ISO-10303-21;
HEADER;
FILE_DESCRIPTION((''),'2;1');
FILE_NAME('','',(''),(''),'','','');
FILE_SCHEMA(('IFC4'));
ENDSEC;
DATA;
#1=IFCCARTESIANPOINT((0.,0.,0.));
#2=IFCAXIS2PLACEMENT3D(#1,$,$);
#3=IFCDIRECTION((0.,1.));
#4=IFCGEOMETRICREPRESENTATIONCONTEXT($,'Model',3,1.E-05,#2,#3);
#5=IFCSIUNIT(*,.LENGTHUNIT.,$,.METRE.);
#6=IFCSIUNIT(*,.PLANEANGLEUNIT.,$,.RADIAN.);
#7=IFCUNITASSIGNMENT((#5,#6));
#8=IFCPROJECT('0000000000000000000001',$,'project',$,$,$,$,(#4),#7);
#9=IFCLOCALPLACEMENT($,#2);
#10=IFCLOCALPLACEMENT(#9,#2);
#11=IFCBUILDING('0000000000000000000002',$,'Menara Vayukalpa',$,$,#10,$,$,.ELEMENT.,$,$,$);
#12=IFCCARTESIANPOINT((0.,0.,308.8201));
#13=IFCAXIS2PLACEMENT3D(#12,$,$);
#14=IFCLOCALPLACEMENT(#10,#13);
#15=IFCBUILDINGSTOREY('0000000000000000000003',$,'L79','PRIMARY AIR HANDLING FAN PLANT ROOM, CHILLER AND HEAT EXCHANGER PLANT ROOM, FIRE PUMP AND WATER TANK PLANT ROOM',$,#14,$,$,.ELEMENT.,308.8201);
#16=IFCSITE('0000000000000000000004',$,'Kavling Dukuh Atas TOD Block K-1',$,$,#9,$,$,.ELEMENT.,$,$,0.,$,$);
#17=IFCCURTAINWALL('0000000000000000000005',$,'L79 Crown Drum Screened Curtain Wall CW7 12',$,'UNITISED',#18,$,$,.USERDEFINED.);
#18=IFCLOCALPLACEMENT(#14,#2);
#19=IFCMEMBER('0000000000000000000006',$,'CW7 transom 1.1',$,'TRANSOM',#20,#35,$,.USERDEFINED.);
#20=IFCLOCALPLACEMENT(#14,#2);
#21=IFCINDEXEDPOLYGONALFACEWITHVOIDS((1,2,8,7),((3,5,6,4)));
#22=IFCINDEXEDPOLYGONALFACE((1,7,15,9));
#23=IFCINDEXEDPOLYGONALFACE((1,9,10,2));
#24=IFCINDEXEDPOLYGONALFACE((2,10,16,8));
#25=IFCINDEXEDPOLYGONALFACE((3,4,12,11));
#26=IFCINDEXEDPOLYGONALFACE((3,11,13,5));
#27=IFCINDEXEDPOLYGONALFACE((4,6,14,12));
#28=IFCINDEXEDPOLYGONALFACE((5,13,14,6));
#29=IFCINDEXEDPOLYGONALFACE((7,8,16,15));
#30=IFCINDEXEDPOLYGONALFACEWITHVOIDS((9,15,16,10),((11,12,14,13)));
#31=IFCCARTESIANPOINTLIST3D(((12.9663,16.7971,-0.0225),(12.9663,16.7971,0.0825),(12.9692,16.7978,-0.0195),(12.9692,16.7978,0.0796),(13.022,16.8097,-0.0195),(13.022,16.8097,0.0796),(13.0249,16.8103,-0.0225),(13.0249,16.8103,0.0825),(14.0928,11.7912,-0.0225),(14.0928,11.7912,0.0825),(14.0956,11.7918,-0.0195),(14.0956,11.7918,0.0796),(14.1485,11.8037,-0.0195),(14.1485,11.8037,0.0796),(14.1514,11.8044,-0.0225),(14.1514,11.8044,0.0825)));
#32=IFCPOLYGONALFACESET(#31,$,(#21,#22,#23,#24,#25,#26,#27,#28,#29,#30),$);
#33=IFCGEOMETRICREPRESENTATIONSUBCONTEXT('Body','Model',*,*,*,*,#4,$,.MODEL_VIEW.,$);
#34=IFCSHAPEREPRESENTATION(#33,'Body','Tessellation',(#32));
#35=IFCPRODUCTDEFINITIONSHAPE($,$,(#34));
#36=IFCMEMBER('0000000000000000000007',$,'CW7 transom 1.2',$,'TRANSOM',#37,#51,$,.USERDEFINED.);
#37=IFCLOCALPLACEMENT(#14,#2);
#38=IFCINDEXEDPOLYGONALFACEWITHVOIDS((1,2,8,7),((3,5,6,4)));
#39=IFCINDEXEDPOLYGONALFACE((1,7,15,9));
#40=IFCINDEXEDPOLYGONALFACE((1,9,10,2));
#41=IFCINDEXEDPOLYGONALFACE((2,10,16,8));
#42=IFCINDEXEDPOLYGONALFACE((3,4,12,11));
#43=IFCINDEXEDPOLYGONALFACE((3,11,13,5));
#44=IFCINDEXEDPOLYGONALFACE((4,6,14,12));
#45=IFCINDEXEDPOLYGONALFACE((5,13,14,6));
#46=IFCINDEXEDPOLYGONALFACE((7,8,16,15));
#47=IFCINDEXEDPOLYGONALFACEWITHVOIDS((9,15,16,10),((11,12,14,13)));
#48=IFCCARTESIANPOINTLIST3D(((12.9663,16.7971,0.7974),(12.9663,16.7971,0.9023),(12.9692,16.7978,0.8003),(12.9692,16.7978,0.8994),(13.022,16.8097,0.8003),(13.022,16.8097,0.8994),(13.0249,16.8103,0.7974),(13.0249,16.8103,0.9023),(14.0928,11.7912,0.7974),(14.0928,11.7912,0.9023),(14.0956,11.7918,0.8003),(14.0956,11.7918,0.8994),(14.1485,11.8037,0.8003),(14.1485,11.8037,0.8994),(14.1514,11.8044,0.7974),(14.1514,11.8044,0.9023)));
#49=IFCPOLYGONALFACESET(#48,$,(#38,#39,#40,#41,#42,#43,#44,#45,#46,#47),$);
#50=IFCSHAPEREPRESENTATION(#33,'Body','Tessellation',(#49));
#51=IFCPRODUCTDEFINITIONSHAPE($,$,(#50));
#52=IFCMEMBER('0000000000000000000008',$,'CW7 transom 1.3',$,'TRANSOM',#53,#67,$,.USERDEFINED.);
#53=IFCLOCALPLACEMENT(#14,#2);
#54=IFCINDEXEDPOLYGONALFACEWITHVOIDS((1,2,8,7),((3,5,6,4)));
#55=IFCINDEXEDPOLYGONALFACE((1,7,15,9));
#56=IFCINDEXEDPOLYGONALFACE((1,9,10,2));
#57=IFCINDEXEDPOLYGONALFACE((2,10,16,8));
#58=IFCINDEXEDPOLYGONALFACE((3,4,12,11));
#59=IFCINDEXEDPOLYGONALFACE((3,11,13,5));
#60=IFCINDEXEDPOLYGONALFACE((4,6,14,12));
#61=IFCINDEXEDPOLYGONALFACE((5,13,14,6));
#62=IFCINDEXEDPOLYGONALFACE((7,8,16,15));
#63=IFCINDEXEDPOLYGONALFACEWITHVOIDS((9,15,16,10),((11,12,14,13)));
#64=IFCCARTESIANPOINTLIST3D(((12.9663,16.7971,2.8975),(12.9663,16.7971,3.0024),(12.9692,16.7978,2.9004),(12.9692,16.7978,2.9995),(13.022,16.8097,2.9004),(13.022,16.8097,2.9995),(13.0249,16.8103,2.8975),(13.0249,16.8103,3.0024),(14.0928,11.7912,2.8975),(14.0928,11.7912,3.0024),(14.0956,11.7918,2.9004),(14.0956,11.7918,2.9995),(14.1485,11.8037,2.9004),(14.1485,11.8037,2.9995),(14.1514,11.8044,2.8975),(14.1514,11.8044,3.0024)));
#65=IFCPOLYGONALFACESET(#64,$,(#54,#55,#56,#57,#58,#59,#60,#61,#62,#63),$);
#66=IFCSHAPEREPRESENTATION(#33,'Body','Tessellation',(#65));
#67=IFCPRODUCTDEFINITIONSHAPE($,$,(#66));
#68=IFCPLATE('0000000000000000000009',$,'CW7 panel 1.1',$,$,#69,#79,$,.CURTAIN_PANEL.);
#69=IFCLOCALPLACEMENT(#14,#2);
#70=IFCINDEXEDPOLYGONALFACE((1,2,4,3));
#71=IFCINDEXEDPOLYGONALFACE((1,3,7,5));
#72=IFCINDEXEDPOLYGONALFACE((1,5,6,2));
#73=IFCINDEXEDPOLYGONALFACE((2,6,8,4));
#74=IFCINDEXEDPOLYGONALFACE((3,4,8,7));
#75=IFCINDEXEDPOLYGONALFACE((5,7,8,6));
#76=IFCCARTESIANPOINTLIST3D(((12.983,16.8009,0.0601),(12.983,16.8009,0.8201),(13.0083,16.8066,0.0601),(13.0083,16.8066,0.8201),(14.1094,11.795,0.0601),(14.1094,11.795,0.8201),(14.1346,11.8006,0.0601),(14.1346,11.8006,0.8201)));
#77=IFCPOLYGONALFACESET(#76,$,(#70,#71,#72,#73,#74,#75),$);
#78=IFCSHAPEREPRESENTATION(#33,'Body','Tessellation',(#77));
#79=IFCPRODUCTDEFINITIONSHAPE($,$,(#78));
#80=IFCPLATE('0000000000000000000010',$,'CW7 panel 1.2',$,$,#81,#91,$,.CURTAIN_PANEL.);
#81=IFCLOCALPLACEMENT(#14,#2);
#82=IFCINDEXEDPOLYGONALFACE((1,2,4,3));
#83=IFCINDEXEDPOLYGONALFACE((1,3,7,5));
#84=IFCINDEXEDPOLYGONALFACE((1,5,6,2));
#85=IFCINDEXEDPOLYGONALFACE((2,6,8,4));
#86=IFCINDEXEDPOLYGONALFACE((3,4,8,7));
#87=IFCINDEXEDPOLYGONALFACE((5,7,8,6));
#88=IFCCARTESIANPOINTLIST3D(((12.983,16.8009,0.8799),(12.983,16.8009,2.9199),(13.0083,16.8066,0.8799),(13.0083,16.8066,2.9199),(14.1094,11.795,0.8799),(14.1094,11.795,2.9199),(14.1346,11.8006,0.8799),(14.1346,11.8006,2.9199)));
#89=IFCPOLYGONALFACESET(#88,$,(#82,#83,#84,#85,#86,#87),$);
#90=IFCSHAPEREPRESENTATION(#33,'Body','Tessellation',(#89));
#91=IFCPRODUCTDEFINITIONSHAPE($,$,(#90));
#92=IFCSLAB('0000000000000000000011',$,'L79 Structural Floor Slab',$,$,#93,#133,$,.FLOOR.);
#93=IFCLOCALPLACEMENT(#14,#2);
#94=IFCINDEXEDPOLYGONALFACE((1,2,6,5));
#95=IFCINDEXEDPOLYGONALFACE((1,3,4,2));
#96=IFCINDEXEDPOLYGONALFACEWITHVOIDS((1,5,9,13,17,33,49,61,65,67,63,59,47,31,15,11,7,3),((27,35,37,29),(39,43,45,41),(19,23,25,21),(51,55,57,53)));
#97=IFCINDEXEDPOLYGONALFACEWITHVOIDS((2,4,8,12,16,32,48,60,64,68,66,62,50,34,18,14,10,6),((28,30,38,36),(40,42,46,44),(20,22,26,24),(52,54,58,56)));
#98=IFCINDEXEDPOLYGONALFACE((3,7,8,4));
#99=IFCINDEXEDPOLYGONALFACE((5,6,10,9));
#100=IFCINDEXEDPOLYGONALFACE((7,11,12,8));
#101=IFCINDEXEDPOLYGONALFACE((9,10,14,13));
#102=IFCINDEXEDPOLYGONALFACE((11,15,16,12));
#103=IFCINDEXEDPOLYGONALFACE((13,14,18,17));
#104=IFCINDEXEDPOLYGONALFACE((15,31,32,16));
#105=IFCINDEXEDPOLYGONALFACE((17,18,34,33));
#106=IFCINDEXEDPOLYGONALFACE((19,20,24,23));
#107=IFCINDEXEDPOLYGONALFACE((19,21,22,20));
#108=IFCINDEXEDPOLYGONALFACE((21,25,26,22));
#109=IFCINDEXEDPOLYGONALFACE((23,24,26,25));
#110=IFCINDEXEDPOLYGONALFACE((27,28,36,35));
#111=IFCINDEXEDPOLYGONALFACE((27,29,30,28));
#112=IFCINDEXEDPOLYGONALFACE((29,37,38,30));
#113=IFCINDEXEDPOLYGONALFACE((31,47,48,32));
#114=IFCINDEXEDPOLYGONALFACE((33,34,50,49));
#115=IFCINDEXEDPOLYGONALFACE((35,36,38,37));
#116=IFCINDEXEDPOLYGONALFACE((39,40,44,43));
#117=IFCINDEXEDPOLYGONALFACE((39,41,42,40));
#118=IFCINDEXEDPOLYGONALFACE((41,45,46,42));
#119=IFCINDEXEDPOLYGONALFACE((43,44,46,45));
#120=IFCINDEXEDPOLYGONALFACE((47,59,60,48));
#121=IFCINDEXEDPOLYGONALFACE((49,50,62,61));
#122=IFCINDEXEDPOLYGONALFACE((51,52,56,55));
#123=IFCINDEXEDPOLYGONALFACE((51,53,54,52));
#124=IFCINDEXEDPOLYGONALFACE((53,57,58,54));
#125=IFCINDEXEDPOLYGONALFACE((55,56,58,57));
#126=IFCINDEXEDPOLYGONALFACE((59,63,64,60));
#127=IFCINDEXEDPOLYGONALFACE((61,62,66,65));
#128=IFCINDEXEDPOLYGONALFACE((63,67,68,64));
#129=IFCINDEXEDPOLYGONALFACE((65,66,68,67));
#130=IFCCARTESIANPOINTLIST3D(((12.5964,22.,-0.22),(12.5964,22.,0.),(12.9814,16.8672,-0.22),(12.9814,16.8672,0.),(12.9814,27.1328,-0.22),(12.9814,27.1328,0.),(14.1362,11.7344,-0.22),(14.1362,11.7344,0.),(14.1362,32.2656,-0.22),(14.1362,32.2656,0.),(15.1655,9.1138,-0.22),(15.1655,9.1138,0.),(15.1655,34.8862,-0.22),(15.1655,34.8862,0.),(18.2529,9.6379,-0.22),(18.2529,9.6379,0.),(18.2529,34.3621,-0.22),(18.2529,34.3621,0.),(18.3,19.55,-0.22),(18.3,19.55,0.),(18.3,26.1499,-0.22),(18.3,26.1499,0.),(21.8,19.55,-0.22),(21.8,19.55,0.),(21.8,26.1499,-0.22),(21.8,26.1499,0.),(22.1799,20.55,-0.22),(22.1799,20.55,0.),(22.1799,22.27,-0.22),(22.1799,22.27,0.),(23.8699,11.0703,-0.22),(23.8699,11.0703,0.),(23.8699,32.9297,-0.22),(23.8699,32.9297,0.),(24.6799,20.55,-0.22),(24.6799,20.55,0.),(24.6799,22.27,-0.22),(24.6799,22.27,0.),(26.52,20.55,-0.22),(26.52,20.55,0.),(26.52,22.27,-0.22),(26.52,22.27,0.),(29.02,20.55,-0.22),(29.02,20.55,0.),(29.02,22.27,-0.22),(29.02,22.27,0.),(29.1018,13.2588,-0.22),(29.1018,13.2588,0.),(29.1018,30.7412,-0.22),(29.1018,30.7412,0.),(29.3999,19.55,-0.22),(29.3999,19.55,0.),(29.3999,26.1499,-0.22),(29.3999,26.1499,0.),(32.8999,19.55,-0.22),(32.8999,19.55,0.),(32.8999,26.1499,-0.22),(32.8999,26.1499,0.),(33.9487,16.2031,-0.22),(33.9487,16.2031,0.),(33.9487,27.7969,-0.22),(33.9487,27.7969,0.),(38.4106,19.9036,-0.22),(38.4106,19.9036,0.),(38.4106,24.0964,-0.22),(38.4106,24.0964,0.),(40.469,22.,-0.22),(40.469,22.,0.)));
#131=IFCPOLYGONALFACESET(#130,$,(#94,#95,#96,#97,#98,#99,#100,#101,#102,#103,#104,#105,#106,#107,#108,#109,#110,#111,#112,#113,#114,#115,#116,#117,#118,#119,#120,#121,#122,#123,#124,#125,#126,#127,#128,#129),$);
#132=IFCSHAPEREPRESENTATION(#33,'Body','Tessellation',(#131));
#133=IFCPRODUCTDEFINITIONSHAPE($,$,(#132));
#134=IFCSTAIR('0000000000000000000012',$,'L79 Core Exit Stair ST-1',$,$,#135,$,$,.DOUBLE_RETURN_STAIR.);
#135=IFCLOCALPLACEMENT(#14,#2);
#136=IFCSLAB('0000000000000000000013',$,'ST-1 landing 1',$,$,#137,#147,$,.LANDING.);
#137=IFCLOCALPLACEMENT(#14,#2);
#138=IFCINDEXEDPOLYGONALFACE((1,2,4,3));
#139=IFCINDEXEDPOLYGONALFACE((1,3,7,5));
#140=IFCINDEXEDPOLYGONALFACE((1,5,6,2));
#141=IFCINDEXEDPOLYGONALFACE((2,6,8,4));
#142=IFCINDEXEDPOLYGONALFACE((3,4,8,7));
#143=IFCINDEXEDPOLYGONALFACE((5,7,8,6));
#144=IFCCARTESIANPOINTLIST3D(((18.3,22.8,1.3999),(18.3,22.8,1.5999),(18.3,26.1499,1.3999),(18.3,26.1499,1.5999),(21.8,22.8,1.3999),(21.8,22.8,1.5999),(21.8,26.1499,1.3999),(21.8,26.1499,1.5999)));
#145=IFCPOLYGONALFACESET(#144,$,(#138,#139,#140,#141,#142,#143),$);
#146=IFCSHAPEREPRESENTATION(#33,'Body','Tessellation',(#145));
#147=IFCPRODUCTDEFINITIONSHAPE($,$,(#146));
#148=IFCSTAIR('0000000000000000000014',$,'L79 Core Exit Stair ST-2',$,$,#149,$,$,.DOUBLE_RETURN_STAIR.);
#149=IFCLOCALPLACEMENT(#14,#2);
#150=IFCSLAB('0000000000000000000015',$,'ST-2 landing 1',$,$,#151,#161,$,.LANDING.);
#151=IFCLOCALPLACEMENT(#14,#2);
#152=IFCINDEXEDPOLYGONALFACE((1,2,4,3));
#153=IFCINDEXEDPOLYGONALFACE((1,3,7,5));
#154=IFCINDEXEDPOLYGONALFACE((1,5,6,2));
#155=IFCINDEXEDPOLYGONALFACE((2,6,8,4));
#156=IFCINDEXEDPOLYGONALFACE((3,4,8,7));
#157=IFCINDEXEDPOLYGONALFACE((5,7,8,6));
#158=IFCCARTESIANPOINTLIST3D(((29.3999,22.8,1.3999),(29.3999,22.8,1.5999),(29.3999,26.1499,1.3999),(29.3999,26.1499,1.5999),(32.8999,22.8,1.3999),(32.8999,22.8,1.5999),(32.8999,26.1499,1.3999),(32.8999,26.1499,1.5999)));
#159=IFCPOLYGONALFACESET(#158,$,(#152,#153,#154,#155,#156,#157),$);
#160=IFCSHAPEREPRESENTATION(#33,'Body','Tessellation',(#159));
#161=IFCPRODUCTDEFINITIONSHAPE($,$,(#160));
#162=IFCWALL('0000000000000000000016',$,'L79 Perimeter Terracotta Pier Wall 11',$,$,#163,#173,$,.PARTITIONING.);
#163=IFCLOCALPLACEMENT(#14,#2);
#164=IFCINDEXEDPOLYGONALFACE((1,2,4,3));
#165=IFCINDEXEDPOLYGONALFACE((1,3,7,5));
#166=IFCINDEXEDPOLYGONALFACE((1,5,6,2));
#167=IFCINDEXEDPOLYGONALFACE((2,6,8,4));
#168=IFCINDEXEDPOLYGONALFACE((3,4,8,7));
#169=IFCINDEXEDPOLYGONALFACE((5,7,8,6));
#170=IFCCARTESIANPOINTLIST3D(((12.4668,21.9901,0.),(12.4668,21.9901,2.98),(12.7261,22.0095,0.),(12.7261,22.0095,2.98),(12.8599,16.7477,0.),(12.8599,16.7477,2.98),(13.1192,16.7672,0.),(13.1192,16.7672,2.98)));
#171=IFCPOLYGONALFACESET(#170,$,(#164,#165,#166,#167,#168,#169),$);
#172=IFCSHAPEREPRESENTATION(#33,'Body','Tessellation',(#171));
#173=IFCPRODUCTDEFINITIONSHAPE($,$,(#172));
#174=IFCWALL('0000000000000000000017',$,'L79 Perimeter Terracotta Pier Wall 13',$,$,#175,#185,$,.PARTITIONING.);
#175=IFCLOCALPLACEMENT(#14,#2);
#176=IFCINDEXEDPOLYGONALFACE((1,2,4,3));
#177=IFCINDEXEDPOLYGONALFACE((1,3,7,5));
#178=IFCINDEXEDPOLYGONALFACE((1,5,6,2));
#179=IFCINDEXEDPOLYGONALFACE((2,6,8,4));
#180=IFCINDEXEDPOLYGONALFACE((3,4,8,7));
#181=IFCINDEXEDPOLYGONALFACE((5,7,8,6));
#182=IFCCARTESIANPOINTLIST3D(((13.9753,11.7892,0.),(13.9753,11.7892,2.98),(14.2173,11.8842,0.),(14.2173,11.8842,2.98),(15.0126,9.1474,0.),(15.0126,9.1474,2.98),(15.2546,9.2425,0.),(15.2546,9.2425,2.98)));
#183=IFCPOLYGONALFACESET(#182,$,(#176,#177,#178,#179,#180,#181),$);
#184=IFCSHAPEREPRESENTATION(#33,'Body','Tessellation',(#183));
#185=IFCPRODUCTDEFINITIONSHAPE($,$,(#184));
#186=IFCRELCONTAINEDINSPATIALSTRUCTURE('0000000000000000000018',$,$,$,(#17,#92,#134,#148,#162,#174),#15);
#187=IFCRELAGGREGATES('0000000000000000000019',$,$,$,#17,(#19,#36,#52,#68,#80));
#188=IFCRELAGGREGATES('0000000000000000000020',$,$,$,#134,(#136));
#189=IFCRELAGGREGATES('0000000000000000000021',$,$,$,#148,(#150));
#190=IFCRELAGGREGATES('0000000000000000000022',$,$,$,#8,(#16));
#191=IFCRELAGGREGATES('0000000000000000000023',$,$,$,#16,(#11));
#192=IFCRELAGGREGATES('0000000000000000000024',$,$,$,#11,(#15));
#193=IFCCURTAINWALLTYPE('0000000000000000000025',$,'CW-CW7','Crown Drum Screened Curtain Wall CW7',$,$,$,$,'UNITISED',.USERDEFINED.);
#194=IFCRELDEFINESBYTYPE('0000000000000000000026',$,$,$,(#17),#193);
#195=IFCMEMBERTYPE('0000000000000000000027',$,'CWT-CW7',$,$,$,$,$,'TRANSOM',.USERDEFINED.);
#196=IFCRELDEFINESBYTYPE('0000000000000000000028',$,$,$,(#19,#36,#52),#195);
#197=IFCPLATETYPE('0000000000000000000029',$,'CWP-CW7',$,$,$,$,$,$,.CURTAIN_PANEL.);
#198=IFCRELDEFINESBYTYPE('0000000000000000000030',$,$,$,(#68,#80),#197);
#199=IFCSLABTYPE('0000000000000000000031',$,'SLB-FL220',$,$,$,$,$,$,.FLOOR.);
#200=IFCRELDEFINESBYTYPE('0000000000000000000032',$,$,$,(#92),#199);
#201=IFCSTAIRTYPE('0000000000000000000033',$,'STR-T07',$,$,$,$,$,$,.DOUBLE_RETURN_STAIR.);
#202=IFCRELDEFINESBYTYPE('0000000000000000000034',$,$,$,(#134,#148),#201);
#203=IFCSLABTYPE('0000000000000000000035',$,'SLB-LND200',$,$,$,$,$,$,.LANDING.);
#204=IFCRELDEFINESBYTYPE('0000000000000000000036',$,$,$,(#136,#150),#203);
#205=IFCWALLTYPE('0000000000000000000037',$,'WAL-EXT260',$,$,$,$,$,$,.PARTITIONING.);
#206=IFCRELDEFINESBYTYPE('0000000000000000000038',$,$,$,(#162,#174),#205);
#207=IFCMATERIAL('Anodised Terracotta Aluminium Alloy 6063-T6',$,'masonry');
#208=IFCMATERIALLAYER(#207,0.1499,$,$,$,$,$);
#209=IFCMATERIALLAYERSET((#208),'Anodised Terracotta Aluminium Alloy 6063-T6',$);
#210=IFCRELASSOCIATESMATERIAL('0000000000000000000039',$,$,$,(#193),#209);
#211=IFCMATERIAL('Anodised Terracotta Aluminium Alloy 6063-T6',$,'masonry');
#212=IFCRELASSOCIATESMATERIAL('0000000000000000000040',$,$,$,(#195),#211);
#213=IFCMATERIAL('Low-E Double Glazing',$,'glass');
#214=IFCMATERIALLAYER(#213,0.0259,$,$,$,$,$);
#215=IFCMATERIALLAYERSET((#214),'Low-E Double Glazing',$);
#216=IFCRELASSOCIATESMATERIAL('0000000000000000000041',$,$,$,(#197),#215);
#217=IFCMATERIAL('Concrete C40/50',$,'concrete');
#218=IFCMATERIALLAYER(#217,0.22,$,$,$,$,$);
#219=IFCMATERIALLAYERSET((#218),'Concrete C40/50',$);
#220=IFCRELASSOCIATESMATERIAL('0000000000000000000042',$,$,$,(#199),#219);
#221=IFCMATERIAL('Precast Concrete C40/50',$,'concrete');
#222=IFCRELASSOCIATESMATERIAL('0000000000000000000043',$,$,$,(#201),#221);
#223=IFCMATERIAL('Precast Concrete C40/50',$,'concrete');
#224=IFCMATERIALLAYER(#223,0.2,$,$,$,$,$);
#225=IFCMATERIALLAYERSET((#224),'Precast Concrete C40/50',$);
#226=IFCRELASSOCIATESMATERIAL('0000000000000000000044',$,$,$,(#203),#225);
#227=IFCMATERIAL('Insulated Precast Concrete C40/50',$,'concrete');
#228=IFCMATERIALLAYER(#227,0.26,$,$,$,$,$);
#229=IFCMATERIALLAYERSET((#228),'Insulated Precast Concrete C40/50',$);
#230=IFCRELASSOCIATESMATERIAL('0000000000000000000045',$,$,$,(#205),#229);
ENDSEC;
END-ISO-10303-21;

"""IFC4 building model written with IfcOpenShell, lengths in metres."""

from ifc_helpers import new_model, si_unit, direction, frame, frame_2d, origin, origin_2d, place, context, subcontext, project, spatial, polyline, rectangle, hollow_rectangle, outline, extrude, material, layer, layer_set, material_profile, profile_set, type_object, element, aggregate, save


model = new_model("IFC4")

# Units and contexts
model_context = context("Model", 3, precision=1e-05, world=origin(), true_north=direction((0.0, 1.0)))
body_context = subcontext(model_context, "Body", "Model", "MODEL_VIEW")
ifc_project = project(units=[si_unit("LENGTHUNIT", "METRE"), si_unit("PLANEANGLEUNIT", "RADIAN")], contexts=[model_context])

# Site, building, storey
site_placement = place(None, origin())
site = spatial("IfcSite", under=ifc_project, at=site_placement, Name="Kavling Dukuh Atas TOD Block K-1", CompositionType="ELEMENT", RefElevation=0.0)
building_placement = place(site_placement, origin())
building = spatial("IfcBuilding", under=site, at=building_placement, Name="Menara Vayukalpa", CompositionType="ELEMENT")
storey_placement = place(building_placement, frame((0.0, 0.0, 308.8201)))
storey = spatial("IfcBuildingStorey", under=building, at=storey_placement, Name="L79", Description="PRIMARY AIR HANDLING FAN PLANT ROOM, CHILLER AND HEAT EXCHANGER PLANT ROOM, FIRE PUMP AND WATER TANK PLANT ROOM", CompositionType="ELEMENT", Elevation=308.8201)

# Curtain wall, members, plates
ifc_material_1 = material(Name="Anodised Terracotta Aluminium Alloy 6063-T6", Category="masonry")
ifc_layer_1 = layer(ifc_material_1, 0.1499)
ifc_layer_set_1 = layer_set([ifc_layer_1], Name="Anodised Terracotta Aluminium Alloy 6063-T6")
curtain_wall_type = type_object("IfcCurtainWallType", Name="CW-CW7", Description="Crown Drum Screened Curtain Wall CW7", ElementType="UNITISED", PredefinedType="USERDEFINED", material=ifc_layer_set_1)
curtain_wall_placement = place(storey_placement, origin())
curtain_wall = element("IfcCurtainWall", 1, at=curtain_wall_placement, inside=storey, type_object=curtain_wall_type, Name="L79 Crown Drum Screened Curtain Wall CW7 12", ObjectType="UNITISED", PredefinedType="USERDEFINED")
ifc_material_2 = material(Name="Anodised Terracotta Aluminium Alloy 6063-T6", Category="masonry")
ifc_material_profile_1 = material_profile(ifc_material_2, hollow_rectangle(XDim=0.0601, YDim=0.105, WallThickness=0.0029, at=origin_2d()), Name="ALU 60x105x3")
ifc_profile_set_1 = profile_set([ifc_material_profile_1], Name="Anodised Terracotta Aluminium Alloy 6063-T6")
member_type_1 = type_object("IfcMemberType", Name="CWT-CW7", ElementType="TRANSOM", PredefinedType="USERDEFINED", material=ifc_profile_set_1)
member_1_placement = place(storey_placement, frame((12.9956, 16.8037, 0.03), z_axis=(0.219539, -0.975604, 0.0), x_axis=(0.975604, 0.219539, 0.0)))
member_1 = element("IfcMember", 2, at=member_1_placement, type_object=member_type_1, Name="CW7 transom 1.1", ObjectType="TRANSOM", PredefinedType="USERDEFINED", context=body_context, shape_type="SweptSolid", body=[
    extrude(hollow_rectangle(XDim=0.0601, YDim=0.105, WallThickness=0.0029, at=origin_2d()), origin(), (0.0, 0.0, 1.0), 5.1311),
])
member_2_placement = place(storey_placement, frame((12.9956, 16.8037, 0.8499), z_axis=(0.219539, -0.975604, 0.0), x_axis=(0.975604, 0.219539, 0.0)))
member_2 = element("IfcMember", 3, at=member_2_placement, type_object=member_type_1, Name="CW7 transom 1.2", ObjectType="TRANSOM", PredefinedType="USERDEFINED", context=body_context, shape_type="SweptSolid", body=[
    extrude(hollow_rectangle(XDim=0.0601, YDim=0.105, WallThickness=0.0029, at=origin_2d()), origin(), (0.0, 0.0, 1.0), 5.1311),
])
member_3_placement = place(storey_placement, frame((12.9956, 16.8037, 2.95), z_axis=(0.219539, -0.975604, 0.0), x_axis=(0.975604, 0.219539, 0.0)))
member_3 = element("IfcMember", 4, at=member_3_placement, type_object=member_type_1, Name="CW7 transom 1.3", ObjectType="TRANSOM", PredefinedType="USERDEFINED", context=body_context, shape_type="SweptSolid", body=[
    extrude(hollow_rectangle(XDim=0.0601, YDim=0.105, WallThickness=0.0029, at=origin_2d()), origin(), (0.0, 0.0, 1.0), 5.1311),
])
ifc_material_3 = material(Name="Low-E Double Glazing", Category="glass")
ifc_layer_2 = layer(ifc_material_3, 0.0259)
ifc_layer_set_2 = layer_set([ifc_layer_2], Name="Low-E Double Glazing")
plate_type = type_object("IfcPlateType", Name="CWP-CW7", PredefinedType="CURTAIN_PANEL", material=ifc_layer_set_2)
plate_1_placement = place(storey_placement, frame((13.5588, 14.3008, 0.0601), z_axis=(0.0, 0.0, 1.0), x_axis=(0.219516, -0.975609, 0.0)))
plate_1 = element("IfcPlate", 5, at=plate_1_placement, type_object=plate_type, Name="CW7 panel 1.1", PredefinedType="CURTAIN_PANEL", context=body_context, shape_type="SweptSolid", body=[
    extrude(rectangle(XDim=5.1311, YDim=0.0259, at=origin_2d()), origin(), (0.0, 0.0, 1.0), 0.76),
])
plate_2_placement = place(storey_placement, frame((13.5588, 14.3008, 0.8799), z_axis=(0.0, 0.0, 1.0), x_axis=(0.219516, -0.975609, 0.0)))
plate_2 = element("IfcPlate", 6, at=plate_2_placement, type_object=plate_type, Name="CW7 panel 1.2", PredefinedType="CURTAIN_PANEL", context=body_context, shape_type="SweptSolid", body=[
    extrude(rectangle(XDim=5.1311, YDim=0.0259, at=origin_2d()), origin(), (0.0, 0.0, 1.0), 2.04),
])
aggregate(curtain_wall, [member_1, member_2, member_3, plate_1, plate_2])

# Slab
ifc_material_4 = material(Name="Concrete C40/50", Category="concrete")
ifc_layer_3 = layer(ifc_material_4, 0.22)
ifc_layer_set_3 = layer_set([ifc_layer_3], Name="Concrete C40/50")
slab_type_1 = type_object("IfcSlabType", Name="SLB-FL220", PredefinedType="FLOOR", material=ifc_layer_set_3)
slab_1_placement = place(storey_placement, frame((0.0, 0.0, -0.22)))
element("IfcSlab", 7, at=slab_1_placement, inside=storey, type_object=slab_type_1, Name="L79 Structural Floor Slab", PredefinedType="FLOOR", context=body_context, shape_type="SweptSolid", body=[
    extrude(outline(polyline([(38.4106, 19.9036), (40.469, 22.0), (38.4106, 24.0964), (33.9487, 27.7969), (29.1018, 30.7412), (23.8699, 32.9297), (18.2529, 34.3621), (15.1655, 34.8862), (14.1362, 32.2656), (12.9814, 27.1328), (12.5964, 22.0), (12.9814, 16.8672), (14.1362, 11.7344), (15.1655, 9.1138), (18.2529, 9.6379), (23.8699, 11.0703), (29.1018, 13.2588), (33.9487, 16.2031), (38.4106, 19.9036)]), holes=[polyline([(21.8, 19.55), (21.8, 26.1499), (18.3, 26.1499), (18.3, 19.55), (21.8, 19.55)]), polyline([(32.8999, 19.55), (32.8999, 26.1499), (29.3999, 26.1499), (29.3999, 19.55), (32.8999, 19.55)]), polyline([(22.1799, 20.55), (24.6799, 20.55), (24.6799, 22.27), (22.1799, 22.27), (22.1799, 20.55)]), polyline([(26.52, 20.55), (29.02, 20.55), (29.02, 22.27), (26.52, 22.27), (26.52, 20.55)])]), origin(), (0.0, 0.0, 1.0), 0.22),
])

# Stairs, slabs
ifc_material_5 = material(Name="Precast Concrete C40/50", Category="concrete")
stair_type = type_object("IfcStairType", Name="STR-T07", PredefinedType="DOUBLE_RETURN_STAIR", material=ifc_material_5)
stair_1_placement = place(storey_placement, origin())
stair_1 = element("IfcStair", 8, at=stair_1_placement, inside=storey, type_object=stair_type, Name="L79 Core Exit Stair ST-1", PredefinedType="DOUBLE_RETURN_STAIR")
ifc_material_6 = material(Name="Precast Concrete C40/50", Category="concrete")
ifc_layer_4 = layer(ifc_material_6, 0.2)
ifc_layer_set_4 = layer_set([ifc_layer_4], Name="Precast Concrete C40/50")
slab_type_2 = type_object("IfcSlabType", Name="SLB-LND200", PredefinedType="LANDING", material=ifc_layer_set_4)
slab_2_placement = place(storey_placement, frame((0.0, 0.0, 1.3999)))
slab_2 = element("IfcSlab", 9, at=slab_2_placement, type_object=slab_type_2, Name="ST-1 landing 1", PredefinedType="LANDING", context=body_context, shape_type="SweptSolid", body=[
    extrude(outline(polyline([(21.8, 22.8), (21.8, 26.1499), (18.3, 26.1499), (18.3, 22.8), (21.8, 22.8)])), origin(), (0.0, 0.0, 1.0), 0.2),
])
aggregate(stair_1, [slab_2])
stair_2_placement = place(storey_placement, origin())
stair_2 = element("IfcStair", 10, at=stair_2_placement, inside=storey, type_object=stair_type, Name="L79 Core Exit Stair ST-2", PredefinedType="DOUBLE_RETURN_STAIR")
slab_3_placement = place(storey_placement, frame((0.0, 0.0, 1.3999)))
slab_3 = element("IfcSlab", 11, at=slab_3_placement, type_object=slab_type_2, Name="ST-2 landing 1", PredefinedType="LANDING", context=body_context, shape_type="SweptSolid", body=[
    extrude(outline(polyline([(32.8999, 22.8), (32.8999, 26.1499), (29.3999, 26.1499), (29.3999, 22.8), (32.8999, 22.8)])), origin(), (0.0, 0.0, 1.0), 0.2),
])
aggregate(stair_2, [slab_3])

# Walls
ifc_material_7 = material(Name="Insulated Precast Concrete C40/50", Category="concrete")
ifc_layer_5 = layer(ifc_material_7, 0.26)
ifc_layer_set_5 = layer_set([ifc_layer_5], Name="Insulated Precast Concrete C40/50")
wall_type_1 = type_object("IfcWallType", Name="WAL-EXT260", PredefinedType="PARTITIONING", material=ifc_layer_set_5)
wall_1_placement = place(storey_placement, frame((12.9895, 16.7576, 0.0), z_axis=(0.0, 0.0, 1.0), x_axis=(-0.074768, 0.997201, 0.0)))
element("IfcWall", 12, at=wall_1_placement, inside=storey, type_object=wall_type_1, Name="L79 Perimeter Terracotta Pier Wall 11", PredefinedType="PARTITIONING", context=body_context, shape_type="SweptSolid", body=[
    extrude(rectangle(XDim=5.2571, YDim=0.26, at=frame_2d((2.6284, 0.0))), origin(), (0.0, 0.0, 1.0), 2.98),
])
wall_2_placement = place(storey_placement, frame((15.1335, 9.1951, 0.0), z_axis=(0.0, 0.0, 1.0), x_axis=(-0.365495, 0.930813, 0.0)))
element("IfcWall", 13, at=wall_2_placement, inside=storey, type_object=wall_type_1, Name="L79 Perimeter Terracotta Pier Wall 13", PredefinedType="PARTITIONING", context=body_context, shape_type="SweptSolid", body=[
    extrude(rectangle(XDim=2.8381, YDim=0.26, at=frame_2d((1.4189, 0.0))), origin(), (0.0, 0.0, 1.0), 2.98),
])

save(model, "model.ifc")
